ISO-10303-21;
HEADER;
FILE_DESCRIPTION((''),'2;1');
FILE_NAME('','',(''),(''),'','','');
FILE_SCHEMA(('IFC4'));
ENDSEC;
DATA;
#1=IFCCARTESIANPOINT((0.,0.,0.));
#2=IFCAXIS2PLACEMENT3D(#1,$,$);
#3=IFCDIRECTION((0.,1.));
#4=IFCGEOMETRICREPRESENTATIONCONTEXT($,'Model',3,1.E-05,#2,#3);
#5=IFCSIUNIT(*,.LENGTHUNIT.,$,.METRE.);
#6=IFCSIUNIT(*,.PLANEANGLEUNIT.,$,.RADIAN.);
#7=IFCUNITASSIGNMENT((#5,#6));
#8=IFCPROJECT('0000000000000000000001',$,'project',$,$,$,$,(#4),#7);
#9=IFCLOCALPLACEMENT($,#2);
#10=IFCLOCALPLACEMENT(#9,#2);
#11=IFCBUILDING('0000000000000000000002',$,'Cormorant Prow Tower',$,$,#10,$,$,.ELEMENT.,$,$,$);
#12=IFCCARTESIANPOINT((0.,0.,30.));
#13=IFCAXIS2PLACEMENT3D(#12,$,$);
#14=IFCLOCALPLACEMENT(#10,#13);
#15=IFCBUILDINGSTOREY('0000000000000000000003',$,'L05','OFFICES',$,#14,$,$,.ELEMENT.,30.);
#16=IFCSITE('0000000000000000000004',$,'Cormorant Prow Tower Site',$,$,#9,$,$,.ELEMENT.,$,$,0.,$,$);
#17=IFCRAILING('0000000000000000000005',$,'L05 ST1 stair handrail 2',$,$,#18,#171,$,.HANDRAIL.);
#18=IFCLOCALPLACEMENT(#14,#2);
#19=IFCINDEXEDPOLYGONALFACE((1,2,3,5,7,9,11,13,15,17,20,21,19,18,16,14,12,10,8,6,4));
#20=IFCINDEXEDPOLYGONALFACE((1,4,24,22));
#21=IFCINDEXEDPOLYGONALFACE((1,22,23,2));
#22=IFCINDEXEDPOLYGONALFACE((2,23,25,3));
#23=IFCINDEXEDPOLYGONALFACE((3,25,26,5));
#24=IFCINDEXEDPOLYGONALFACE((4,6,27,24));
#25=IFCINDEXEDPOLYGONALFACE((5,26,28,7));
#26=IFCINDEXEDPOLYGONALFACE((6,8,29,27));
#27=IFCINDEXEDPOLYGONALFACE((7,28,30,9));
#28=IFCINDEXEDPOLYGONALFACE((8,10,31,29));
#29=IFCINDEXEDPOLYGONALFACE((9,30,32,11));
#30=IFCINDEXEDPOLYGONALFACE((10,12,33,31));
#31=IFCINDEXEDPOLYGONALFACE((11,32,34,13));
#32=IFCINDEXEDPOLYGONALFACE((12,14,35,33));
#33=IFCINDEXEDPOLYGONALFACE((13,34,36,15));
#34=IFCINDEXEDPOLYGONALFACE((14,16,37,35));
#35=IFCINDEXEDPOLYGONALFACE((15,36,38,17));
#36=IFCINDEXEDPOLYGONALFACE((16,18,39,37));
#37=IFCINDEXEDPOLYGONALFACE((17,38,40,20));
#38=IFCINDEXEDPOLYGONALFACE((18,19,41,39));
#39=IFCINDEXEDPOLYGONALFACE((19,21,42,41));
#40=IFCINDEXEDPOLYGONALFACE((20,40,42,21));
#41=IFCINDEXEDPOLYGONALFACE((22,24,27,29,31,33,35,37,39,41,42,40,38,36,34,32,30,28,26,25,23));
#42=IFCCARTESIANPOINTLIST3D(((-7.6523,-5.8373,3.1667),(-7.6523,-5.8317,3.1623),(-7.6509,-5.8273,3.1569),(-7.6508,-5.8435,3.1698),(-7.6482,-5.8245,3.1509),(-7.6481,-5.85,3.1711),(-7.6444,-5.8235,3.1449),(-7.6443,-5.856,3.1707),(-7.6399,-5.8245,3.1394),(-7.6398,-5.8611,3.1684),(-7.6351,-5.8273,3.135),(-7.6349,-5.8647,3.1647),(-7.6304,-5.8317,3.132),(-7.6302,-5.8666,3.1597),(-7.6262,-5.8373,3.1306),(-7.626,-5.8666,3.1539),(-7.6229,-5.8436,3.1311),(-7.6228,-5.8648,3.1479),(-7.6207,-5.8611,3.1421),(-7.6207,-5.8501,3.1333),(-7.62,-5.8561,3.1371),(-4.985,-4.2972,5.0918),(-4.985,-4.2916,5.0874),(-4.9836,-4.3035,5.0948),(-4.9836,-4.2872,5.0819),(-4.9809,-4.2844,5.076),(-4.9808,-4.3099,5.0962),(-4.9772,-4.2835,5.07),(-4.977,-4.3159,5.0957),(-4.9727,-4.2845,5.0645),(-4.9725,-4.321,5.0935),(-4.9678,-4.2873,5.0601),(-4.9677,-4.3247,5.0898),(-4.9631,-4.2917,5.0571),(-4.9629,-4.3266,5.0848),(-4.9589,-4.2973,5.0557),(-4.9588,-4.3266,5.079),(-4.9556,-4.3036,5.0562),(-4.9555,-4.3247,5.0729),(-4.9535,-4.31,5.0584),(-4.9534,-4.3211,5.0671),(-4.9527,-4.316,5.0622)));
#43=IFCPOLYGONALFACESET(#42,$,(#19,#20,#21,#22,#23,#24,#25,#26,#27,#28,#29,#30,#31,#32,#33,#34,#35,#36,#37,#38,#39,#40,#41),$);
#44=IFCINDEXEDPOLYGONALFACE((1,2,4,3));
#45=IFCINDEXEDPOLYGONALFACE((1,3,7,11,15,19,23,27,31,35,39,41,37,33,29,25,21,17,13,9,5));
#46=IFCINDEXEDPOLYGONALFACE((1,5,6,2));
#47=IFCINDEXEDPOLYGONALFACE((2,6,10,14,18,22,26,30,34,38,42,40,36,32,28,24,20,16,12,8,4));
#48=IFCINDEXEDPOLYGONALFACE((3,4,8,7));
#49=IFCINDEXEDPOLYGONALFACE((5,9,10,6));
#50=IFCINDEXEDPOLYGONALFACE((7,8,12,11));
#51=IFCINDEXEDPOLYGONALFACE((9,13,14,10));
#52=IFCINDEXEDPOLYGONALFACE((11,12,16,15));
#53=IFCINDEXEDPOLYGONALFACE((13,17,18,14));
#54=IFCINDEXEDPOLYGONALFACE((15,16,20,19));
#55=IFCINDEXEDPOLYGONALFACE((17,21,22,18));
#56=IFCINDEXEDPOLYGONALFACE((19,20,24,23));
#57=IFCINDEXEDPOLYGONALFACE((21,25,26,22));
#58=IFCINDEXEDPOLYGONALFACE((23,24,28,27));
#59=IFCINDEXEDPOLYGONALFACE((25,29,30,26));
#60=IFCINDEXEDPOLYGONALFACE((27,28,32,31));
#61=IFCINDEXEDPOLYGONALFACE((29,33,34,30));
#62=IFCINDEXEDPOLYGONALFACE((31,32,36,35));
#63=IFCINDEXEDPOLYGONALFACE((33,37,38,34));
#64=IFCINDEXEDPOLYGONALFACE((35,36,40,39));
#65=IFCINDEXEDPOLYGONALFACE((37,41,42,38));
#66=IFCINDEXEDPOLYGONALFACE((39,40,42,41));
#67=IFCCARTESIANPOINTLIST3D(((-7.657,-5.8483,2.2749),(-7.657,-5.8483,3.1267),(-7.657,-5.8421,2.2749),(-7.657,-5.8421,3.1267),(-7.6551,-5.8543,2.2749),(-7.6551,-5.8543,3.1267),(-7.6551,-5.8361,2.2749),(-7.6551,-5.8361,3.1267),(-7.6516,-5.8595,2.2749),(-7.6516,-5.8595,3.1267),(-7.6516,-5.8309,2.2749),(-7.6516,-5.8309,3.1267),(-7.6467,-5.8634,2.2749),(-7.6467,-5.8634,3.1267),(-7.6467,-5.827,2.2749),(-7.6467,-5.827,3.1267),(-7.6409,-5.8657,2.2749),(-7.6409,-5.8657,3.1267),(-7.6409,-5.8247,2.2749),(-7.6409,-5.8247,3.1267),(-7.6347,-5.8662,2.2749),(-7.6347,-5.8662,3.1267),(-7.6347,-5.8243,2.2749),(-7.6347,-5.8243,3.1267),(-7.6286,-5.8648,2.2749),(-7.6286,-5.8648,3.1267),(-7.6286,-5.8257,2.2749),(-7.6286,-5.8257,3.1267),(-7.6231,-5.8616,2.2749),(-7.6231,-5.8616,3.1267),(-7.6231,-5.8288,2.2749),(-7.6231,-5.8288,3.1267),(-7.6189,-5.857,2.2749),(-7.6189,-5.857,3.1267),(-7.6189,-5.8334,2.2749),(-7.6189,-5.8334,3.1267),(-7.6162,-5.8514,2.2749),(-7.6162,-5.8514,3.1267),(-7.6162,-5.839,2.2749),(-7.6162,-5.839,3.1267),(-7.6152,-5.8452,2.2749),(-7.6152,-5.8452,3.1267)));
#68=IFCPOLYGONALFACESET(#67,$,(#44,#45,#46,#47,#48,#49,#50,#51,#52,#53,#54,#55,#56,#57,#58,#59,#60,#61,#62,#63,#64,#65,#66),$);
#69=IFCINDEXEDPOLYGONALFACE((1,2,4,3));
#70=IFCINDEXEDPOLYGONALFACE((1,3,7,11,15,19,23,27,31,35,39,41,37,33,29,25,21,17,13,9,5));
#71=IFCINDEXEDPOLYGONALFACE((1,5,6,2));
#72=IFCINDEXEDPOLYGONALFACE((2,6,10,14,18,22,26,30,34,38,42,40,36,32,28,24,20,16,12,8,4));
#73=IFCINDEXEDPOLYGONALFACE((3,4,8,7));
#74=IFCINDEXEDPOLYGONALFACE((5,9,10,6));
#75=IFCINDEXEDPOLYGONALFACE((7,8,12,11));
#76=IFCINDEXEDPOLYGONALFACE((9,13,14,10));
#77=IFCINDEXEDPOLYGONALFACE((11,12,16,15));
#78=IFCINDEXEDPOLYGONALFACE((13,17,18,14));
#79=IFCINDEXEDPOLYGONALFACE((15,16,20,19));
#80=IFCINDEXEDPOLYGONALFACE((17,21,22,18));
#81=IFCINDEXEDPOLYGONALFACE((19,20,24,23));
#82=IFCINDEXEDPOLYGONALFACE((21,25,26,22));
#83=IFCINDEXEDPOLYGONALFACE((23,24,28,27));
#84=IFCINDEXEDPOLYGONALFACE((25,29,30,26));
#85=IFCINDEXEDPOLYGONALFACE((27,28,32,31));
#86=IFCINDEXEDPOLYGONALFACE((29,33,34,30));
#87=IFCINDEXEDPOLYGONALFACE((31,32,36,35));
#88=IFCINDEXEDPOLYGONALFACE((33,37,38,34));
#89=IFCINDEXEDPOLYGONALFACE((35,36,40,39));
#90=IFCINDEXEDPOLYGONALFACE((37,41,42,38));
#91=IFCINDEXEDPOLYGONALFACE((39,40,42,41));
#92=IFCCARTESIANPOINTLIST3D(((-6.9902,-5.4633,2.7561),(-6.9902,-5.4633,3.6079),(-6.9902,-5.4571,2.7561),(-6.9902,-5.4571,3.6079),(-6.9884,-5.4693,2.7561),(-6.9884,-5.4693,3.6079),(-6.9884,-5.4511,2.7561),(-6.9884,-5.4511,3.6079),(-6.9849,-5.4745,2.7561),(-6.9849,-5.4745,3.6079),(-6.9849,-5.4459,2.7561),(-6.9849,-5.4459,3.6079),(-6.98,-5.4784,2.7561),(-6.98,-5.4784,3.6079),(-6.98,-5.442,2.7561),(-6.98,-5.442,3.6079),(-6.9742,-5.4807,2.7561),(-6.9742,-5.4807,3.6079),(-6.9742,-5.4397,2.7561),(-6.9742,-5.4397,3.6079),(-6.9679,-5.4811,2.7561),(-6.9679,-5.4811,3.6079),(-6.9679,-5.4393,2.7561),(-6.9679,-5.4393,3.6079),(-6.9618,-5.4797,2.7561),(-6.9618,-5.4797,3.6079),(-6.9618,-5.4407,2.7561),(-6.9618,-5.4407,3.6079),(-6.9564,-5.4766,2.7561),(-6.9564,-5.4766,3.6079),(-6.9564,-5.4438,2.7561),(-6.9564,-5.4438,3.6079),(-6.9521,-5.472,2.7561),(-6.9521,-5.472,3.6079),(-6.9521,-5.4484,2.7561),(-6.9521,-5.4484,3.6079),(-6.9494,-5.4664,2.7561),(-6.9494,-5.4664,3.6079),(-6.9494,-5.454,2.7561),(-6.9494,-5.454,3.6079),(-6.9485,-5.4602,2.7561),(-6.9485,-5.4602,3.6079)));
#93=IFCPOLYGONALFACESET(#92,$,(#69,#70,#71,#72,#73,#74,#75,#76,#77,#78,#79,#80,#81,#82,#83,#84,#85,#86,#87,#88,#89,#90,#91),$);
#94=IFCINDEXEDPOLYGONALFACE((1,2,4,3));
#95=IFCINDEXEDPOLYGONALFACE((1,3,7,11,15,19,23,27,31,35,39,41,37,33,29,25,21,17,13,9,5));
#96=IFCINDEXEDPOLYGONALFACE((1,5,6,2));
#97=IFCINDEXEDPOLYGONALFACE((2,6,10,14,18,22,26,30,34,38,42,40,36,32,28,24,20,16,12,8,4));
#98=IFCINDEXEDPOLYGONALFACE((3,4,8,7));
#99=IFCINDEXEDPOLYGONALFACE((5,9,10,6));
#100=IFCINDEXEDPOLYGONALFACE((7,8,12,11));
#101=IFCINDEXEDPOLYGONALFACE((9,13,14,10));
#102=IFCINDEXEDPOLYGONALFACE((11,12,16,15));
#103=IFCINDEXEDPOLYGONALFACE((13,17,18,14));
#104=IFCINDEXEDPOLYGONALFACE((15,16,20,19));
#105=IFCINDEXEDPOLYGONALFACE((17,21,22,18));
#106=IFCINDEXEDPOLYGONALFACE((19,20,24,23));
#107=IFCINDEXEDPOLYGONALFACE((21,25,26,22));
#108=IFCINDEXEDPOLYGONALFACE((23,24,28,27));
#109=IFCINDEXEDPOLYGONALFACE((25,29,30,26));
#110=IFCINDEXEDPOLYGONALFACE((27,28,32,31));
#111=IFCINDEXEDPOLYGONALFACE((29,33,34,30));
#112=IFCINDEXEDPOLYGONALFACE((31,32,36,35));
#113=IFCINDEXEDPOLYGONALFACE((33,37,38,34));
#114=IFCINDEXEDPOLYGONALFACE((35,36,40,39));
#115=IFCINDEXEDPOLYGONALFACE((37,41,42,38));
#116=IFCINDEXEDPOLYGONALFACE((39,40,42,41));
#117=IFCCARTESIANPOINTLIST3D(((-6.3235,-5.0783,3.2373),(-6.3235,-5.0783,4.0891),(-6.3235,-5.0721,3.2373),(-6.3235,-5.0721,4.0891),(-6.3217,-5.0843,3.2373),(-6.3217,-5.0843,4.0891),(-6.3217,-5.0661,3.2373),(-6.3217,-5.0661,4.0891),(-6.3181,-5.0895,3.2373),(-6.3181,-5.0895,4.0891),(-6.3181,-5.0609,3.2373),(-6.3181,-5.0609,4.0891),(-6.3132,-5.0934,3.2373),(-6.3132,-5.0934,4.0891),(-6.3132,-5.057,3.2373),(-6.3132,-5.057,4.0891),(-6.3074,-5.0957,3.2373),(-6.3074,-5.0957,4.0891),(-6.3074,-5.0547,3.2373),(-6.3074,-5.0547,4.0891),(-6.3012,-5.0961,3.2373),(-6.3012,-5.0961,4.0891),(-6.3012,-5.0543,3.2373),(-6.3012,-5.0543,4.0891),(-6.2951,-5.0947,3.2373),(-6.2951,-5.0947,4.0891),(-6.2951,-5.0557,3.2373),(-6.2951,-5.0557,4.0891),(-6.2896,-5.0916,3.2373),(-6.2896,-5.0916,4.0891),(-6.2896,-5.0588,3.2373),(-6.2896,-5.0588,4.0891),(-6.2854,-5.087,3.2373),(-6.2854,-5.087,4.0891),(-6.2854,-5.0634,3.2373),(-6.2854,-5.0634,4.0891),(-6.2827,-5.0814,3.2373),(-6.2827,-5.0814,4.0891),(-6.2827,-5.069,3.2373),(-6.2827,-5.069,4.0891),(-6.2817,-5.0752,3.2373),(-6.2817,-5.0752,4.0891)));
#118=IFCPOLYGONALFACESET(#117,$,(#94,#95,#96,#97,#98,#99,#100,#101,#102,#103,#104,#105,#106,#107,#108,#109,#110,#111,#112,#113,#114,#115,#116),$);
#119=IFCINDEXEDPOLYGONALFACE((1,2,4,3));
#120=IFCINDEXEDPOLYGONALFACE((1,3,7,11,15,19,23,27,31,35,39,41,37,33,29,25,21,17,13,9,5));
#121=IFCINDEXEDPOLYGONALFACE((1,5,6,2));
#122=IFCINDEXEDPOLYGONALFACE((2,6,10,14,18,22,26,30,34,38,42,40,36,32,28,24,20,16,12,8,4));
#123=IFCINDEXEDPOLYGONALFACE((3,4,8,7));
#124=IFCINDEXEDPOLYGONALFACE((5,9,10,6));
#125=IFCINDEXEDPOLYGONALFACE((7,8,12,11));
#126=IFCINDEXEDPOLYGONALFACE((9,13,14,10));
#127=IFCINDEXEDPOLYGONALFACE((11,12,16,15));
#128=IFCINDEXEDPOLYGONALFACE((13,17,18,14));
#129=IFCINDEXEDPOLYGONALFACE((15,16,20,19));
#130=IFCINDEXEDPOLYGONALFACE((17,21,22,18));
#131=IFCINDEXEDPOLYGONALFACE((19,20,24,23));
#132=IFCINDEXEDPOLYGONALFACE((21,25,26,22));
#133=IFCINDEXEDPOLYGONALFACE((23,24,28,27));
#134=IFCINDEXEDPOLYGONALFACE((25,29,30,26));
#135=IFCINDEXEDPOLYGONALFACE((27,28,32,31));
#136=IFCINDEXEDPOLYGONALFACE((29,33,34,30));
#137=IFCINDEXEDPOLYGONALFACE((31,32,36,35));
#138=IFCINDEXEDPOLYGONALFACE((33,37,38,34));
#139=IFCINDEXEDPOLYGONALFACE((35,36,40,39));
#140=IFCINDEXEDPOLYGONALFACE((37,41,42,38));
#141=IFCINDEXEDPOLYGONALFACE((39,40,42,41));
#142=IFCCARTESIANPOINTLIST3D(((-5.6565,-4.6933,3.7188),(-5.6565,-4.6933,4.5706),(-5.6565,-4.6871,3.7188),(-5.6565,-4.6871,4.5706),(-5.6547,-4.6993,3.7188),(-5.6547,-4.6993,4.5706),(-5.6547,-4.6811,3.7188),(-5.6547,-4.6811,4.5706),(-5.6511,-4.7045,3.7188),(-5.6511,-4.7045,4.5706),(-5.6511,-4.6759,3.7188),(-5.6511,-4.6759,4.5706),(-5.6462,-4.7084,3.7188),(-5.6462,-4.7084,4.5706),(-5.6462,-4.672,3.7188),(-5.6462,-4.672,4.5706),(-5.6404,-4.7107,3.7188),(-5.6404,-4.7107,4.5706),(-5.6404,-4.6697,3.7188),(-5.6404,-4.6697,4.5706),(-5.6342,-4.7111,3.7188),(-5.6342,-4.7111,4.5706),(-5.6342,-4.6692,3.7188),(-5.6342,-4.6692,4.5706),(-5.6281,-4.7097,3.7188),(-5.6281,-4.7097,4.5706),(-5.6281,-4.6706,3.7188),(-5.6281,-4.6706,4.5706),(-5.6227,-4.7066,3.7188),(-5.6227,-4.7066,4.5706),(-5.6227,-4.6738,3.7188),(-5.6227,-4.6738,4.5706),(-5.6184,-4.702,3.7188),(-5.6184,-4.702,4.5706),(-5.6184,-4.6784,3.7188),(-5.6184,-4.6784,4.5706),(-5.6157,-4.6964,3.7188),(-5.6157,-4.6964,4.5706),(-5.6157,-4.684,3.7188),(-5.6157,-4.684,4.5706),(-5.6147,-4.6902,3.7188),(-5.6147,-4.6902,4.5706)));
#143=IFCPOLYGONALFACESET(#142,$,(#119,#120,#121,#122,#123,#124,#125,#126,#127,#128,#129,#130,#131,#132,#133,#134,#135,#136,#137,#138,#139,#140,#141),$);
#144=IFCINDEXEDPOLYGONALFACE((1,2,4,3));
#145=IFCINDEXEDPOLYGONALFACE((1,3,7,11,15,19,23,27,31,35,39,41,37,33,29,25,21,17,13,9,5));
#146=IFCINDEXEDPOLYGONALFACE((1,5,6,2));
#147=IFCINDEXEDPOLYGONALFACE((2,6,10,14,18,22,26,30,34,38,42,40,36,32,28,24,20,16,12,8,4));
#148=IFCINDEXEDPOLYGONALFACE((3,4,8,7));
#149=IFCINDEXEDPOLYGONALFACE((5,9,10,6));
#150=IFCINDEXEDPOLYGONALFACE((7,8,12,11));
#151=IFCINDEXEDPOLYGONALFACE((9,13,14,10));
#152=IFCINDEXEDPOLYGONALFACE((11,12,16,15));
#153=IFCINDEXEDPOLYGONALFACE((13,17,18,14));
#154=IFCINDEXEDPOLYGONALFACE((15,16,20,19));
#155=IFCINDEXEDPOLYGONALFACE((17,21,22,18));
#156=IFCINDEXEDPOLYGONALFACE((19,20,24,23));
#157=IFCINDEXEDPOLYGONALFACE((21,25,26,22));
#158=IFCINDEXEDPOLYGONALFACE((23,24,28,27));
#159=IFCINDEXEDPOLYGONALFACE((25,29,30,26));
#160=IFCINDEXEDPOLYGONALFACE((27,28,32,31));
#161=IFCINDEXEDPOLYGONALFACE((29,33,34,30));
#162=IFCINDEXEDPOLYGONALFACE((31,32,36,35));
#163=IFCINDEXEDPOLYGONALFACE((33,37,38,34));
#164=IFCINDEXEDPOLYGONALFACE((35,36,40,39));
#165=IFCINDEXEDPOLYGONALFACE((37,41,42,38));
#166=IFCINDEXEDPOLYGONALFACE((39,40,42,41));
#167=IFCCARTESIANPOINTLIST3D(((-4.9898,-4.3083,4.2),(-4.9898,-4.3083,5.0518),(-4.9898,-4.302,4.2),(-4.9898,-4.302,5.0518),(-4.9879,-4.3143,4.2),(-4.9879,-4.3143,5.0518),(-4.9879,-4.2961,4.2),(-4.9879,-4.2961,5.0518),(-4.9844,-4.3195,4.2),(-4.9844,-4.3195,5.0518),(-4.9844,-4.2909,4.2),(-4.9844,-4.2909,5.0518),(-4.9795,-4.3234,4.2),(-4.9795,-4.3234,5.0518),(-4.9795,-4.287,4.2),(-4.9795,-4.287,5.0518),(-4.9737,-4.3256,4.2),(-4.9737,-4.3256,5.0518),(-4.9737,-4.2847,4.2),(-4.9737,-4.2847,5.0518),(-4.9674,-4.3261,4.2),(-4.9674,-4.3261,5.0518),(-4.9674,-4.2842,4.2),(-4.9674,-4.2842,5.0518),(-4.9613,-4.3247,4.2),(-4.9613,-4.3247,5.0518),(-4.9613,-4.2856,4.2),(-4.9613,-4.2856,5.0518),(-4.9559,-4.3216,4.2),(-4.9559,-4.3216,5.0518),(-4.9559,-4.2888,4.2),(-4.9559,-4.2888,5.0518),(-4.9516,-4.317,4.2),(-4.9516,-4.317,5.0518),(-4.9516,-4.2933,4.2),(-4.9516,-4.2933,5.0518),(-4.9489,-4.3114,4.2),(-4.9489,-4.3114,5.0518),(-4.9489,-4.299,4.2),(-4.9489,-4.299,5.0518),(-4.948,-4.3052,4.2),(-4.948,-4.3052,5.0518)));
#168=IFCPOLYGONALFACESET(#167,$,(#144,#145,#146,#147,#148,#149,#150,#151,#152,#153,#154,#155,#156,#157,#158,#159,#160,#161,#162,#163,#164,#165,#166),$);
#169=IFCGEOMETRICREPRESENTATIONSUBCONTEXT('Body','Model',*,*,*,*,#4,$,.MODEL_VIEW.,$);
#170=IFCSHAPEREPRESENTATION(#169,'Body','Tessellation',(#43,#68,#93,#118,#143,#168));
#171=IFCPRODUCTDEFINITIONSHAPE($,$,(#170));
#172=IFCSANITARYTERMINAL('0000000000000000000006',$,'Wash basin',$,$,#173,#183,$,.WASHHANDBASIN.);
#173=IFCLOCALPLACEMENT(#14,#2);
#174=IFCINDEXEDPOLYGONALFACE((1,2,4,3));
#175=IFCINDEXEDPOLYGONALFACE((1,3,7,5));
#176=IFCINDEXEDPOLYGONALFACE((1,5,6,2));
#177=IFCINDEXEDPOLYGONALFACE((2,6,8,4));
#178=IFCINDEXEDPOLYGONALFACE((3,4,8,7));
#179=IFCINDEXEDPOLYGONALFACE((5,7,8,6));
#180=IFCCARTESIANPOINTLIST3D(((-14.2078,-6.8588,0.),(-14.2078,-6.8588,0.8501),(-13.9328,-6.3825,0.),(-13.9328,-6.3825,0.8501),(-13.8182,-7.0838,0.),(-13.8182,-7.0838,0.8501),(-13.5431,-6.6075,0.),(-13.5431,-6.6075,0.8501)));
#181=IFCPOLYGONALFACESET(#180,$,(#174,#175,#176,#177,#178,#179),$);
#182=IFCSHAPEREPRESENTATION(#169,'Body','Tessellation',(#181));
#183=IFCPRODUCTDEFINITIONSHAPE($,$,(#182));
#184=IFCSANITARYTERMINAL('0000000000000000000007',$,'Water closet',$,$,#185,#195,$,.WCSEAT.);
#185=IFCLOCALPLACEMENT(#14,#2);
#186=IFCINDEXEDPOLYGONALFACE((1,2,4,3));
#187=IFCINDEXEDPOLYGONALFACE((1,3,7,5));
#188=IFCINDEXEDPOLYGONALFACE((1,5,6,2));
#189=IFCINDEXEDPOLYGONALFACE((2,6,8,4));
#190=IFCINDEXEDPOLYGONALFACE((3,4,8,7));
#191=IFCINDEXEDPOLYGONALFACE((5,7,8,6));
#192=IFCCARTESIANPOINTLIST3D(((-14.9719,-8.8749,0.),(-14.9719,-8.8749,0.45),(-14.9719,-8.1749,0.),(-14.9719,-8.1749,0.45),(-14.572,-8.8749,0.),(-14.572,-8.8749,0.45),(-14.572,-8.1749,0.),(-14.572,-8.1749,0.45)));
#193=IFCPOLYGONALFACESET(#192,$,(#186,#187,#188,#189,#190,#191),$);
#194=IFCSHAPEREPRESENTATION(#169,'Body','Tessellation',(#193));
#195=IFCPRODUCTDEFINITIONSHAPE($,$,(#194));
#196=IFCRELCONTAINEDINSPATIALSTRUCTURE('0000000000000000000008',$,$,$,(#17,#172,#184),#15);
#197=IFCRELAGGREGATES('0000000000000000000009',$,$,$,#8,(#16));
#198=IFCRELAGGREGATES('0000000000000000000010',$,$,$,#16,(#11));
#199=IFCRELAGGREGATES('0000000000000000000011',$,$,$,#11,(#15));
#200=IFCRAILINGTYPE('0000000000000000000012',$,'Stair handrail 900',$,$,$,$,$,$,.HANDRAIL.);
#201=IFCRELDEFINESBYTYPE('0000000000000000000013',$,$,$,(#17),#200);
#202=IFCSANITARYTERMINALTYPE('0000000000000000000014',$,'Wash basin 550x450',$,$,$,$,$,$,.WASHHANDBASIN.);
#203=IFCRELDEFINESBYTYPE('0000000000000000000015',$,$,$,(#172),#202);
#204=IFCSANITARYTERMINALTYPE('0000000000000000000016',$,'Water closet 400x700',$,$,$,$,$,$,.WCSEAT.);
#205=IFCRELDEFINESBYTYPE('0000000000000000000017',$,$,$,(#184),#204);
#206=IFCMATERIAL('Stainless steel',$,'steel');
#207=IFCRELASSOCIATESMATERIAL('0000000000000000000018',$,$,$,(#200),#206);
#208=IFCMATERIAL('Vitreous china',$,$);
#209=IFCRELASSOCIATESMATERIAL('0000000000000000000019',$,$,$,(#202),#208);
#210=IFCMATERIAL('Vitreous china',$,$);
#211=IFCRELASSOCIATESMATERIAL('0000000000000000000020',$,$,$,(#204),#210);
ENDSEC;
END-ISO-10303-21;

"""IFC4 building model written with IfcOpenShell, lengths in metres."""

from ifc_helpers import new_model, si_unit, direction, frame, origin, origin_2d, place, context, subcontext, project, spatial, rectangle, circle, extrude, material, type_object, element, save


model = new_model("IFC4")

# Units and contexts
model_context = context("Model", 3, precision=1e-05, world=origin(), true_north=direction((0.0, 1.0)))
body_context = subcontext(model_context, "Body", "Model", "MODEL_VIEW")
ifc_project = project(units=[si_unit("LENGTHUNIT", "METRE"), si_unit("PLANEANGLEUNIT", "RADIAN")], contexts=[model_context])

# Site, building, storey
site_placement = place(None, origin())
site = spatial("IfcSite", under=ifc_project, at=site_placement, Name="Cormorant Prow Tower Site", CompositionType="ELEMENT", RefElevation=0.0)
building_placement = place(site_placement, origin())
building = spatial("IfcBuilding", under=site, at=building_placement, Name="Cormorant Prow Tower", CompositionType="ELEMENT")
storey_placement = place(building_placement, frame((0.0, 0.0, 30.0)))
storey = spatial("IfcBuildingStorey", under=building, at=storey_placement, Name="L05", Description="OFFICES", CompositionType="ELEMENT", Elevation=30.0)

# Railing
ifc_material_1 = material(Name="Stainless steel", Category="steel")
railing_type_1 = type_object("IfcRailingType", Name="Stair handrail 900", PredefinedType="HANDRAIL", material=ifc_material_1)
railing_1_placement = place(storey_placement, frame((-7.6362, -5.8452, 2.2749)))
element("IfcRailing", 1, at=railing_1_placement, inside=storey, type_object=railing_type_1, Name="L05 ST1 stair handrail 2", PredefinedType="HANDRAIL", context=body_context, shape_type="SweptSolid", body=[
    extrude(circle(Radius=0.0239, at=origin_2d()), frame((0.0, 0.0, 0.876), z_axis=(0.734364, 0.424015, 0.530019), x_axis=(-0.500027, 0.86601, 0.0)), (0.0, 0.0, 1.0), 3.6321),
    extrude(circle(Radius=0.021, at=origin_2d()), origin(), (0.0, 0.0, 1.0), 0.8518),
    extrude(circle(Radius=0.021, at=origin_2d()), frame((0.6667, 0.385, 0.4812)), (0.0, 0.0, 1.0), 0.8518),
    extrude(circle(Radius=0.021, at=origin_2d()), frame((1.3335, 0.77, 0.9624)), (0.0, 0.0, 1.0), 0.8518),
    extrude(circle(Radius=0.021, at=origin_2d()), frame((2.0005, 1.155, 1.4438)), (0.0, 0.0, 1.0), 0.8518),
    extrude(circle(Radius=0.021, at=origin_2d()), frame((2.6672, 1.54, 1.925)), (0.0, 0.0, 1.0), 0.8518),
])

# Sanitary terminals
ifc_material_2 = material(Name="Vitreous china")
sanitary_terminal_type_1 = type_object("IfcSanitaryTerminalType", Name="Wash basin 550x450", PredefinedType="WASHHANDBASIN", material=ifc_material_2)
sanitary_terminal_1_placement = place(storey_placement, frame((-13.8755, -6.7332, 0.0), z_axis=(0.0, 0.0, 1.0), x_axis=(-0.5, -0.866025, 0.0)))
element("IfcSanitaryTerminal", 2, at=sanitary_terminal_1_placement, inside=storey, type_object=sanitary_terminal_type_1, Name="Wash basin", PredefinedType="WASHHANDBASIN", context=body_context, shape_type="SweptSolid", body=[
    extrude(rectangle(XDim=0.55, YDim=0.45, at=origin_2d()), origin(), (0.0, 0.0, 1.0), 0.8501),
])
ifc_material_3 = material(Name="Vitreous china")
sanitary_terminal_type_2 = type_object("IfcSanitaryTerminalType", Name="Water closet 400x700", PredefinedType="WCSEAT", material=ifc_material_3)
sanitary_terminal_2_placement = place(storey_placement, frame((-14.772, -8.5249, 0.0), z_axis=(0.0, 0.0, 1.0), x_axis=(1.0, 0.0, 0.0)))
element("IfcSanitaryTerminal", 3, at=sanitary_terminal_2_placement, inside=storey, type_object=sanitary_terminal_type_2, Name="Water closet", PredefinedType="WCSEAT", context=body_context, shape_type="SweptSolid", body=[
    extrude(rectangle(XDim=0.3999, YDim=0.7, at=origin_2d()), origin(), (0.0, 0.0, 1.0), 0.45),
])

save(model, "model.ifc")
